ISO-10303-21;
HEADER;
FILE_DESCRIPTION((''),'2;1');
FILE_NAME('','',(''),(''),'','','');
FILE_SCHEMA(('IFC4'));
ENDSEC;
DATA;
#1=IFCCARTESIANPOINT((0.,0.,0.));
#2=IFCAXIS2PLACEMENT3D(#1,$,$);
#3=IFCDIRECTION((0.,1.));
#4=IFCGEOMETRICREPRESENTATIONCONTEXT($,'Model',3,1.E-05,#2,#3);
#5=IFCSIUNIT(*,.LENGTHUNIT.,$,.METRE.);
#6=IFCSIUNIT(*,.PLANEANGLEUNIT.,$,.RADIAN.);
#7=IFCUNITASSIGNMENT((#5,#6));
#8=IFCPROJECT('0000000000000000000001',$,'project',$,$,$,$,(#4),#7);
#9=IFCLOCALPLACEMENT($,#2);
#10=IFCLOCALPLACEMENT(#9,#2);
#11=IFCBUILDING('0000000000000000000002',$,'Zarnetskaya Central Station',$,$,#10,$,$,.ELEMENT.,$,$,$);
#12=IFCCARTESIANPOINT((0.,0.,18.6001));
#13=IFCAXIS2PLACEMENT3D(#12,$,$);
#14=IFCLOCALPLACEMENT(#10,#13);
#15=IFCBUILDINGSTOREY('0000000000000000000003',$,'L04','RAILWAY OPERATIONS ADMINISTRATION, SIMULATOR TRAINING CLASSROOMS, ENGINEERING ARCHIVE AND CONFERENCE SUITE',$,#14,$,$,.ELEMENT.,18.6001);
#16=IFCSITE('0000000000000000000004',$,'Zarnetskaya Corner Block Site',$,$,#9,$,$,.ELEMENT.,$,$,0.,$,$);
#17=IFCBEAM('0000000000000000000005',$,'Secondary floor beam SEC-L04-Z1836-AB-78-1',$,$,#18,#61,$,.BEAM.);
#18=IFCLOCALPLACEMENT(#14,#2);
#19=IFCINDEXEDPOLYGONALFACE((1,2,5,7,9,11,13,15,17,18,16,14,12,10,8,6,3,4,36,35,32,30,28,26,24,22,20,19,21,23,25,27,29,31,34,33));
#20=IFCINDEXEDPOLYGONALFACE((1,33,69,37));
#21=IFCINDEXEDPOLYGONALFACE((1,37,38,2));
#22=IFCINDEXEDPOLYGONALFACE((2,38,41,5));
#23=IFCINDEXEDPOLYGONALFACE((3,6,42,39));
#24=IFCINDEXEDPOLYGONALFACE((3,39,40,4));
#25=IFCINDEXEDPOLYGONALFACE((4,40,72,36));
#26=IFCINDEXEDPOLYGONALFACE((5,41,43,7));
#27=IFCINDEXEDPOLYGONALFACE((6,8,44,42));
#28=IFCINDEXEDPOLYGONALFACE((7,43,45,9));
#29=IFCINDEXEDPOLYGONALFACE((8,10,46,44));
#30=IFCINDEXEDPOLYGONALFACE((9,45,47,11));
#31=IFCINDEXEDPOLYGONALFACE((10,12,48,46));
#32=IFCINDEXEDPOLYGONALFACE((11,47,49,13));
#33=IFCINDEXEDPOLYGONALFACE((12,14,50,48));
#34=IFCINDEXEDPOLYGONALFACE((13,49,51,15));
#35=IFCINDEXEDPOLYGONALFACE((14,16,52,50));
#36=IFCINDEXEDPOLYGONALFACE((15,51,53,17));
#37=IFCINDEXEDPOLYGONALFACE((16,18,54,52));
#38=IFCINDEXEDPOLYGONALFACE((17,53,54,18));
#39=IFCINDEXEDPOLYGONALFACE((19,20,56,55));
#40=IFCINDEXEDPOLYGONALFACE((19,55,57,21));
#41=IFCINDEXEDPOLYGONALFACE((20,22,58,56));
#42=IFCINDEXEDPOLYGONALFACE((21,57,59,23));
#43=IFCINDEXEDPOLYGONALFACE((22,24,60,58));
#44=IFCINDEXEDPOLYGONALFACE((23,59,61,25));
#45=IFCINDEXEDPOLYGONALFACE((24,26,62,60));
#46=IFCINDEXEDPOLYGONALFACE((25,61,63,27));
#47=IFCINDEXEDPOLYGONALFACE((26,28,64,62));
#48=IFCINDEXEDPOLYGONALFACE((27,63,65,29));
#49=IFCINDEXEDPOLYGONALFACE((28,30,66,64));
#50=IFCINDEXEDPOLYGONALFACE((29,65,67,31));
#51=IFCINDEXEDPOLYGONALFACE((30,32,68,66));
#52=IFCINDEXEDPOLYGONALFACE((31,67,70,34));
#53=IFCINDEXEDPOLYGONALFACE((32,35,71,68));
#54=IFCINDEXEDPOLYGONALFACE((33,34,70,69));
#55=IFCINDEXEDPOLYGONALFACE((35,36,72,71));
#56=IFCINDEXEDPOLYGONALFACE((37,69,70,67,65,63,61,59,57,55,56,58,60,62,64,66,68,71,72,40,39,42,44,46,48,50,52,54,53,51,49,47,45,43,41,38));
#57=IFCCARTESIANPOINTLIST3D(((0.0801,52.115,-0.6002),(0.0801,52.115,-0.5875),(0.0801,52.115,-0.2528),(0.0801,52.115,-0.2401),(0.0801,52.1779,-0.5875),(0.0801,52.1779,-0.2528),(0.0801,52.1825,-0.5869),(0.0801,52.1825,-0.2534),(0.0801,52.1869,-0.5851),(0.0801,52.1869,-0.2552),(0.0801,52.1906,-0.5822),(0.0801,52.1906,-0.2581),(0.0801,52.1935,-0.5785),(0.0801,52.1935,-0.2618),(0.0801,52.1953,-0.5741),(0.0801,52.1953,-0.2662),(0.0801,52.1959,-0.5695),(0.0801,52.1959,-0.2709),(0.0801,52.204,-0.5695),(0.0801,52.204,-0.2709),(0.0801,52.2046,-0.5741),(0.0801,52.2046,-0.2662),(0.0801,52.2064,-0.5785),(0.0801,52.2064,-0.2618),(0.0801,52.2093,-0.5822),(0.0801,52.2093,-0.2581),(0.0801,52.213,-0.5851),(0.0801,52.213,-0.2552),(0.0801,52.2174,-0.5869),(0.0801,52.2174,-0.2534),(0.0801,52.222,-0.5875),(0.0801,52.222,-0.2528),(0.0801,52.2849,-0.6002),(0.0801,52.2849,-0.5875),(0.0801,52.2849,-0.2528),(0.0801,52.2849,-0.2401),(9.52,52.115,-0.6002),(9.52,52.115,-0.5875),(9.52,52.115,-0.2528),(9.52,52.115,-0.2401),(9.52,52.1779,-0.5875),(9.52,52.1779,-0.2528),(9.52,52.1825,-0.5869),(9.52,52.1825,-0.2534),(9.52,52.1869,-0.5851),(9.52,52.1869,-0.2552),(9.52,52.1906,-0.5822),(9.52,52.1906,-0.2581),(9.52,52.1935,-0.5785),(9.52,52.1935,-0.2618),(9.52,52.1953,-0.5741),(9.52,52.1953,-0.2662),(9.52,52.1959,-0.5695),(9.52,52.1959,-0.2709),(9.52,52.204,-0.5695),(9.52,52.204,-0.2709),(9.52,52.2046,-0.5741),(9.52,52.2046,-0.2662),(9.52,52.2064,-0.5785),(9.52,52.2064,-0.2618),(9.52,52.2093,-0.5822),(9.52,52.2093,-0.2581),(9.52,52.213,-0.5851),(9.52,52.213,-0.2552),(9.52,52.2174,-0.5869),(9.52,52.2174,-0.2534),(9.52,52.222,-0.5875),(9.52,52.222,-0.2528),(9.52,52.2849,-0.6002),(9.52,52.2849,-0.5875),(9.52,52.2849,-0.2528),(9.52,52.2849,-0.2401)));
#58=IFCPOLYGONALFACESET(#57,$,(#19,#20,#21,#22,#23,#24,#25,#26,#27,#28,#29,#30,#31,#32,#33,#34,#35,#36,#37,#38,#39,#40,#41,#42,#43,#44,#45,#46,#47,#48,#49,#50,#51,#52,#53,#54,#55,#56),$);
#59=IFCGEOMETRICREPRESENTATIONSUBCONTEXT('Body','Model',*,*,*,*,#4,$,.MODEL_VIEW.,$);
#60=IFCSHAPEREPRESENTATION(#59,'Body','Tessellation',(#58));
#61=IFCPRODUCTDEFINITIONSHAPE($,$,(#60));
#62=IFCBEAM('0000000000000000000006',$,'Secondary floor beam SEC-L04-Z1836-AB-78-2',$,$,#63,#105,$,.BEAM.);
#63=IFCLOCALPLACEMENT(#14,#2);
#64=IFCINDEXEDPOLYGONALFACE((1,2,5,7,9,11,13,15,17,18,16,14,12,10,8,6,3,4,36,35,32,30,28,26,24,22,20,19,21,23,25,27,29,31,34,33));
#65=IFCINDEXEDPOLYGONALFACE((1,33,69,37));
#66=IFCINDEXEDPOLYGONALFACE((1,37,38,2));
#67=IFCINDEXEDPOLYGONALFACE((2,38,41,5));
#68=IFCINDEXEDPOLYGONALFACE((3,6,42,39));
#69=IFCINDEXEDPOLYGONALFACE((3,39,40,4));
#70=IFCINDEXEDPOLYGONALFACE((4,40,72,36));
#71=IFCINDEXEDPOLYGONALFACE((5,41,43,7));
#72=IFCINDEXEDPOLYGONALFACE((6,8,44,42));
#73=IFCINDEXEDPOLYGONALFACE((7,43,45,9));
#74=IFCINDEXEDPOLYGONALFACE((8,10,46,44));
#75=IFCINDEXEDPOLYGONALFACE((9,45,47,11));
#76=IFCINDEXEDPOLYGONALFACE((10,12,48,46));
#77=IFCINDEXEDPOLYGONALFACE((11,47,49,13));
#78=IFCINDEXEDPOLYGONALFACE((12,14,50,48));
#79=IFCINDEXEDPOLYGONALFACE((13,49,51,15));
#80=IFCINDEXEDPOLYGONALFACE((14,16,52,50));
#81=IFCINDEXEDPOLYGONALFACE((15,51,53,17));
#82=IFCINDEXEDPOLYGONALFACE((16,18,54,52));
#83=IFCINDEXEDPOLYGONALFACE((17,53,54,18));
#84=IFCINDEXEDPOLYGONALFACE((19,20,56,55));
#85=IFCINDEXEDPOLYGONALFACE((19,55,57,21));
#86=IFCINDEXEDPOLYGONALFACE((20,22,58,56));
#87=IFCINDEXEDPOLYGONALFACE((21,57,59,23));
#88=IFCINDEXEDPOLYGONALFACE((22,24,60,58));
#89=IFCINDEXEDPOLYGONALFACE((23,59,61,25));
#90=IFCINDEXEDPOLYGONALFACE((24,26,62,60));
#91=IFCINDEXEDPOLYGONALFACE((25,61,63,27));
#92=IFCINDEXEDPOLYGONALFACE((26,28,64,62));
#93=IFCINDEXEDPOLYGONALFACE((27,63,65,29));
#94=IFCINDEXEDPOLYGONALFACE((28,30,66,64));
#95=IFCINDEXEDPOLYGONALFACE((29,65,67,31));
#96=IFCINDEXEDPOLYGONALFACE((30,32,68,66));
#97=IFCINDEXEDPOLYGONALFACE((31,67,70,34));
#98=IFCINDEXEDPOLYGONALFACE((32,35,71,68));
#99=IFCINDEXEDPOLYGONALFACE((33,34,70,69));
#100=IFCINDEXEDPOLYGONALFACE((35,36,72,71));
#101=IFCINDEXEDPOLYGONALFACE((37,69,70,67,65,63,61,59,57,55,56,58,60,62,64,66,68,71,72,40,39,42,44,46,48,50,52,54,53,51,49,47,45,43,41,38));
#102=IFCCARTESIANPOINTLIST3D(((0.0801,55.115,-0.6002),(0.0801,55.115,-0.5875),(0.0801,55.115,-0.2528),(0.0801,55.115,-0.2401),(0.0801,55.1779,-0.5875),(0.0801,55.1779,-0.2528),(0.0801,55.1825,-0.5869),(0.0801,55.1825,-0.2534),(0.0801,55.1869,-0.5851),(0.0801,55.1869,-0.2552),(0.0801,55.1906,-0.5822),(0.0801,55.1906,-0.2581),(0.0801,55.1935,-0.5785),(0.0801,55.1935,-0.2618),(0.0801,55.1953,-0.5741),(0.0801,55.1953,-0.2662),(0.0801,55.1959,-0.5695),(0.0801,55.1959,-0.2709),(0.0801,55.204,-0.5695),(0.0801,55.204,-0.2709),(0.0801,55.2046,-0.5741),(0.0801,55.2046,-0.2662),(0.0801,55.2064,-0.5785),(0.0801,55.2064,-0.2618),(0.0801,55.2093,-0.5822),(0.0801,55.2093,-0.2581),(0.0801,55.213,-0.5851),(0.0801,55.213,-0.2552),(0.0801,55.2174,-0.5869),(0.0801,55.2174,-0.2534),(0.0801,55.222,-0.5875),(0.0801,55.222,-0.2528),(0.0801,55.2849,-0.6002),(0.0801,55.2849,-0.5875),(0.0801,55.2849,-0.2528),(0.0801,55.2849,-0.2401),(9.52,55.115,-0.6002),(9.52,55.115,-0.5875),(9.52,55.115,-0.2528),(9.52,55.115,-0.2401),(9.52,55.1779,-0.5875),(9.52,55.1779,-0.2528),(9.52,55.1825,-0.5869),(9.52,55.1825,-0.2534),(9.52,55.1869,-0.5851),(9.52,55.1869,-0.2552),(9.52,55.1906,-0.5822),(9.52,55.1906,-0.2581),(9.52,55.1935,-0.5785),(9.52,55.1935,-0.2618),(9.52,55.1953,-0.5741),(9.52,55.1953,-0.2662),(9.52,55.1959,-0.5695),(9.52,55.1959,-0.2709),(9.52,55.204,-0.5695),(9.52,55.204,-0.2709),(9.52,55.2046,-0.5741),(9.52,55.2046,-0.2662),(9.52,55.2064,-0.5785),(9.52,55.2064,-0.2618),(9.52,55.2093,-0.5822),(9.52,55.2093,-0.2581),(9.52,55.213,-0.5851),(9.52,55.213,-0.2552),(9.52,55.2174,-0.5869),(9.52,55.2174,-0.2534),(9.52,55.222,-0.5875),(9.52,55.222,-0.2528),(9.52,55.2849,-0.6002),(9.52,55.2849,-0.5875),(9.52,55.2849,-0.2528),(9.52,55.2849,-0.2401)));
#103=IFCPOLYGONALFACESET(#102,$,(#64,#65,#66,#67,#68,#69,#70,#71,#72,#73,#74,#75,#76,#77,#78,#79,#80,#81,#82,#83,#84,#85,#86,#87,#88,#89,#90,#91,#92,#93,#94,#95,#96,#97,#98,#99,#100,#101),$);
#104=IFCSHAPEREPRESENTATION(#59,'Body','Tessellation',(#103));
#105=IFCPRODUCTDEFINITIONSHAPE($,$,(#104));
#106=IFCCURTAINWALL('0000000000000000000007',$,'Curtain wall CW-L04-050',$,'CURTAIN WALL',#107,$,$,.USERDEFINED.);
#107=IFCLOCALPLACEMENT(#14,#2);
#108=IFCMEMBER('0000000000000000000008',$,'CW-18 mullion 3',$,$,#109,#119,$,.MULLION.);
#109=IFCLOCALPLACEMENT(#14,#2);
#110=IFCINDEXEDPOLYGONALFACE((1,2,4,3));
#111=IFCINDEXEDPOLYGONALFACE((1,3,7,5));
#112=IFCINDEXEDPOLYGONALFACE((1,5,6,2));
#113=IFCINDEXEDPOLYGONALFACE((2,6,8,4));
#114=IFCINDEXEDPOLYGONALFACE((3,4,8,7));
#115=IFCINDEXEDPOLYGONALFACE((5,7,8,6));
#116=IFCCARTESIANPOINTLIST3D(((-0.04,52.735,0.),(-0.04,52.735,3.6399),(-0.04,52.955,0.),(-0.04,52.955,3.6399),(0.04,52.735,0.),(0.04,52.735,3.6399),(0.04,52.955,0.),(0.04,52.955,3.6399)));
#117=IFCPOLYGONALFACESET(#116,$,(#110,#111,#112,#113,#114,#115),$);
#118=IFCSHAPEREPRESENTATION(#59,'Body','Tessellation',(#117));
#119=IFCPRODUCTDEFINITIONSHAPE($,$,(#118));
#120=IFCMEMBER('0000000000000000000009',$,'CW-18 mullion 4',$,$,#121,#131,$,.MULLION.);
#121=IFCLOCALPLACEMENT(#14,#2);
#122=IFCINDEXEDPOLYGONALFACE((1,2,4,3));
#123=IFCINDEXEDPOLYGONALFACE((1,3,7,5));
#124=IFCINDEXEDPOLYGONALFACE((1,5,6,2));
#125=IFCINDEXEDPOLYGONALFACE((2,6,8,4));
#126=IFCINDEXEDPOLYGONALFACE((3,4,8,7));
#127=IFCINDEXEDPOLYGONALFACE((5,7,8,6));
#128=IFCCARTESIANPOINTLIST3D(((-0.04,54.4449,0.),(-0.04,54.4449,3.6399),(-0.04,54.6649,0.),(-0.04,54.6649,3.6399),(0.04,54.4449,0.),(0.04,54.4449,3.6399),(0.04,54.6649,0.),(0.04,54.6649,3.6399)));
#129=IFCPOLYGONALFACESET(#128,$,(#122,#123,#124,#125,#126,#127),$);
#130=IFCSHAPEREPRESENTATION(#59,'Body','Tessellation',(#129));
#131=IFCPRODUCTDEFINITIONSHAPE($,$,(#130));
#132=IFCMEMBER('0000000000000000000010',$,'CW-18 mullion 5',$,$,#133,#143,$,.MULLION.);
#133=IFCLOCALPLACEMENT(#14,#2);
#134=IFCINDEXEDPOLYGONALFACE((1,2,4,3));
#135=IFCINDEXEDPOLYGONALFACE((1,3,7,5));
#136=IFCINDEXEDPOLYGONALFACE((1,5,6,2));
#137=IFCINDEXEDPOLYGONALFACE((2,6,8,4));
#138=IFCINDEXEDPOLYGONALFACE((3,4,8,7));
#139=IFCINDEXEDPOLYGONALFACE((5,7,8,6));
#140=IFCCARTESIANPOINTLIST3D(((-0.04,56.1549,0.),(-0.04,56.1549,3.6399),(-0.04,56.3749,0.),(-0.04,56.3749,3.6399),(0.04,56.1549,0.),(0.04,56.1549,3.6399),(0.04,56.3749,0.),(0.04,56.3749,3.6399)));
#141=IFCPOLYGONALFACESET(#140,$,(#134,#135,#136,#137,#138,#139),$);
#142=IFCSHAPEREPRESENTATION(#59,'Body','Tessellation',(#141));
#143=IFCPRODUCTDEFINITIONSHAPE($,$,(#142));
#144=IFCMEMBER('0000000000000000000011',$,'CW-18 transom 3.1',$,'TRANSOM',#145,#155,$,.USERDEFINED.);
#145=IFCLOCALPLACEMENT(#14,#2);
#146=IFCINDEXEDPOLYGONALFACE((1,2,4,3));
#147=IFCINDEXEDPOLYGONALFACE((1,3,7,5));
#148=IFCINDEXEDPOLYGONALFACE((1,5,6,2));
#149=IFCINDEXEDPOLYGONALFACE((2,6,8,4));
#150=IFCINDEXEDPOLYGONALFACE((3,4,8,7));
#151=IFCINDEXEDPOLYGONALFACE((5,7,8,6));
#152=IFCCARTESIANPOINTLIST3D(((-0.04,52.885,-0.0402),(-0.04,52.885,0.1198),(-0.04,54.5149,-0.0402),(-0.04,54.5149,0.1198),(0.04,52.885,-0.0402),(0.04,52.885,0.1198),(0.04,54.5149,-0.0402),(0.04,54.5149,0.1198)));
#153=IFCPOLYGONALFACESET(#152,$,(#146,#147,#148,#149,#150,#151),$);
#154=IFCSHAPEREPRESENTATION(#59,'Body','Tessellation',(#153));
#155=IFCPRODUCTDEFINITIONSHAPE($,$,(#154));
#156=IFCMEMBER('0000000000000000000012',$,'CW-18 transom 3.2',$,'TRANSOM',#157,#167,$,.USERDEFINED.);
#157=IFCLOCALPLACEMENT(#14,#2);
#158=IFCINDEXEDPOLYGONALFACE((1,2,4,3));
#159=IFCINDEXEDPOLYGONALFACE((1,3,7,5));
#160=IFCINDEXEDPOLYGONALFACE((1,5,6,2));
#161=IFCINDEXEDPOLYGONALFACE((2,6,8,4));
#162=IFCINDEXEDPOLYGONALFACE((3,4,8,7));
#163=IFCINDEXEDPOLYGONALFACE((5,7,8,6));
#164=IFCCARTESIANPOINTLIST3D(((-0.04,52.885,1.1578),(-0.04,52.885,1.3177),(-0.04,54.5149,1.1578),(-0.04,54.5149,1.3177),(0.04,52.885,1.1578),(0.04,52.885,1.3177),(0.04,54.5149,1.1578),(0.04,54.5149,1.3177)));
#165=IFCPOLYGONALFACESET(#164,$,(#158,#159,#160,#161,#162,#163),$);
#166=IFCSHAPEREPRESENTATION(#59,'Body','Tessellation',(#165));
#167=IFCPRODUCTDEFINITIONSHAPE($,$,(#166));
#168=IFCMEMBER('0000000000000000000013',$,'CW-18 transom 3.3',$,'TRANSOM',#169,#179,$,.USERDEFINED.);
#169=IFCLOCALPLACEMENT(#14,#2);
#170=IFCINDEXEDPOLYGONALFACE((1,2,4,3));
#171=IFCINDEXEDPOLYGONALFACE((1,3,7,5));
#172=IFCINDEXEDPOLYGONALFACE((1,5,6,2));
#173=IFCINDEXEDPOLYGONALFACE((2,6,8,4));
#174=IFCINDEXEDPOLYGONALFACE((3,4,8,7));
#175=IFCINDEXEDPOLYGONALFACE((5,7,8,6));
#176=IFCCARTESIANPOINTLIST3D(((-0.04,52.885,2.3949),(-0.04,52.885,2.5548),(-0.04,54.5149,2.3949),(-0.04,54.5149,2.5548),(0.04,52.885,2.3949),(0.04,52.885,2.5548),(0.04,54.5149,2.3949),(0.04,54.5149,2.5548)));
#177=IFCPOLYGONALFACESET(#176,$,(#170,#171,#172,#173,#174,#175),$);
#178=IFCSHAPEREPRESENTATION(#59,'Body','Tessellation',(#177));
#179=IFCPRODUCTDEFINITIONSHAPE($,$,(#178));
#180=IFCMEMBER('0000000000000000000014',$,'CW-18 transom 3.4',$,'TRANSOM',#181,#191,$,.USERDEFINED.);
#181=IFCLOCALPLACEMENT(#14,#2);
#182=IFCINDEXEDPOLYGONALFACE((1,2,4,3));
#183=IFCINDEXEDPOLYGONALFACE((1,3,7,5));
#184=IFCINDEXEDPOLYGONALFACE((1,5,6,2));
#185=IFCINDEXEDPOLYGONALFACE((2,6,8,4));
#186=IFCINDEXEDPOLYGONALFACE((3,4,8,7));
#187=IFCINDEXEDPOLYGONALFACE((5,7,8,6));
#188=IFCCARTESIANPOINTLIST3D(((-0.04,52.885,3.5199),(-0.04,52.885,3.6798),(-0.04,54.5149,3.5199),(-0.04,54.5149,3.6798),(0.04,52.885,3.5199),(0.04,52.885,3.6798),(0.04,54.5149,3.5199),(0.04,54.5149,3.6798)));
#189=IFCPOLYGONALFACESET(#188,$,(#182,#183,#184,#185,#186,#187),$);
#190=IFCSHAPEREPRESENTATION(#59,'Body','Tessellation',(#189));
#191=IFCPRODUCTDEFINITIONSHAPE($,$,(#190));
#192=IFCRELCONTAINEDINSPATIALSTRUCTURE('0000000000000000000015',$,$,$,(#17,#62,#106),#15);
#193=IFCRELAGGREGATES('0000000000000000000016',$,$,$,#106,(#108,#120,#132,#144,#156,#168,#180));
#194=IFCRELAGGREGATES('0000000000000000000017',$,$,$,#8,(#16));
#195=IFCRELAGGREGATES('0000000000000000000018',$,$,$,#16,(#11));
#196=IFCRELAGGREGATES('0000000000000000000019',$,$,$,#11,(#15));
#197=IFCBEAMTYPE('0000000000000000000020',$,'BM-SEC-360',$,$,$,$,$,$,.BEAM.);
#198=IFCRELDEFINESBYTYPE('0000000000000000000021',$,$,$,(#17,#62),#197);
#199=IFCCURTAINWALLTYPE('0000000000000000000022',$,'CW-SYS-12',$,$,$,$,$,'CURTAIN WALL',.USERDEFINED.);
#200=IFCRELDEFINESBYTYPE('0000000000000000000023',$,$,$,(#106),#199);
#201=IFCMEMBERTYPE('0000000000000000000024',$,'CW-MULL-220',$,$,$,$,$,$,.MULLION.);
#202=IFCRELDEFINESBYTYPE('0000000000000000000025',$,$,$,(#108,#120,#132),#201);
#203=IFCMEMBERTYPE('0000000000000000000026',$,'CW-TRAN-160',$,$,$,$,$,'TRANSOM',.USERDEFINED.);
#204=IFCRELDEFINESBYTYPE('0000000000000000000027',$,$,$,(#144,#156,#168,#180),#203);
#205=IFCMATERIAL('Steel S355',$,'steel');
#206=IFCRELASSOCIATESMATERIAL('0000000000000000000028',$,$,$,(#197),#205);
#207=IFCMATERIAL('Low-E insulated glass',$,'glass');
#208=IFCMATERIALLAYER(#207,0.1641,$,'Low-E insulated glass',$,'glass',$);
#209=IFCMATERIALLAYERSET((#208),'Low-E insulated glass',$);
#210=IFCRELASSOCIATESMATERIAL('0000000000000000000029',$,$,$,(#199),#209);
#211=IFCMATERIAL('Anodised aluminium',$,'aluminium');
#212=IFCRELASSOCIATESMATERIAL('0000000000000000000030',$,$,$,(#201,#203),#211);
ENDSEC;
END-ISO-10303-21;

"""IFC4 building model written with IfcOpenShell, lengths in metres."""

from ifc_helpers import new_model, si_unit, direction, frame, origin, origin_2d, place, context, subcontext, project, spatial, rectangle, i_section, extrude, material, layer, layer_set, material_profile, profile_set, type_object, element, aggregate, save


model = new_model("IFC4")

# Units and contexts
model_context = context("Model", 3, precision=1e-05, world=origin(), true_north=direction((0.0, 1.0)))
body_context = subcontext(model_context, "Body", "Model", "MODEL_VIEW")
ifc_project = project(units=[si_unit("LENGTHUNIT", "METRE"), si_unit("PLANEANGLEUNIT", "RADIAN")], contexts=[model_context])

# Site, building, storey
site_placement = place(None, origin())
site = spatial("IfcSite", under=ifc_project, at=site_placement, Name="Zarnetskaya Corner Block Site", CompositionType="ELEMENT", RefElevation=0.0)
building_placement = place(site_placement, origin())
building = spatial("IfcBuilding", under=site, at=building_placement, Name="Zarnetskaya Central Station", CompositionType="ELEMENT")
storey_placement = place(building_placement, frame((0.0, 0.0, 18.6001)))
storey = spatial("IfcBuildingStorey", under=building, at=storey_placement, Name="L04", Description="RAILWAY OPERATIONS ADMINISTRATION, SIMULATOR TRAINING CLASSROOMS, ENGINEERING ARCHIVE AND CONFERENCE SUITE", CompositionType="ELEMENT", Elevation=18.6001)

# Beams
ifc_material_1 = material(Name="Steel S355", Category="steel")
ifc_material_profile_1 = material_profile(ifc_material_1, i_section(OverallWidth=0.1699, OverallDepth=0.3601, WebThickness=0.0081, FlangeThickness=0.0127, FilletRadius=0.0181, at=origin_2d()), Name="IPE 360")
ifc_profile_set_1 = profile_set([ifc_material_profile_1], Name="Steel S355")
beam_type = type_object("IfcBeamType", Name="BM-SEC-360", PredefinedType="BEAM", material=ifc_profile_set_1)
for number, where, z_axis, x_axis, name in (
    (1, (0.0801, 52.2, -0.4202), (1.0, 0.0, 0.0), (0.0, 1.0, 0.0), "Secondary floor beam SEC-L04-Z1836-AB-78-1"),
    (2, (0.0801, 55.2, -0.4202), (1.0, 0.0, 0.0), (0.0, 1.0, 0.0), "Secondary floor beam SEC-L04-Z1836-AB-78-2"),
):
    element("IfcBeam", number, at=place(storey_placement, frame(where, z_axis=z_axis, x_axis=x_axis)), inside=storey, type_object=beam_type, Name=name, PredefinedType="BEAM", context=body_context, shape_type="SweptSolid", body=[
        extrude(i_section(OverallWidth=0.1699, OverallDepth=0.3601, WebThickness=0.0081, FlangeThickness=0.0127, FilletRadius=0.0181, at=origin_2d()), origin(), (0.0, 0.0, 1.0), 9.4399),
    ])

# Curtain wall, members
ifc_material_2 = material(Name="Low-E insulated glass", Category="glass")
ifc_layer_1 = layer(ifc_material_2, 0.1641, Name="Low-E insulated glass", Category="glass")
ifc_layer_set_1 = layer_set([ifc_layer_1], Name="Low-E insulated glass")
curtain_wall_type = type_object("IfcCurtainWallType", Name="CW-SYS-12", ElementType="CURTAIN WALL", PredefinedType="USERDEFINED", material=ifc_layer_set_1)
curtain_wall_placement = place(storey_placement, origin())
curtain_wall = element("IfcCurtainWall", 3, at=curtain_wall_placement, inside=storey, type_object=curtain_wall_type, Name="Curtain wall CW-L04-050", ObjectType="CURTAIN WALL", PredefinedType="USERDEFINED")
ifc_material_3 = material(Name="Anodised aluminium", Category="aluminium")
ifc_material_profile_2 = material_profile(ifc_material_3, rectangle(XDim=0.0801, YDim=0.22, at=origin_2d()), Name="ALU MULL 80x220")
ifc_profile_set_2 = profile_set([ifc_material_profile_2], Name="Anodised aluminium")
member_type_1 = type_object("IfcMemberType", Name="CW-MULL-220", PredefinedType="MULLION", material=ifc_profile_set_2)
member_1_placement = place(storey_placement, frame((0.0, 52.845, 0.0), z_axis=(0.0, 0.0, 1.0), x_axis=(-1.0, 0.0, 0.0)))
member_1 = element("IfcMember", 4, at=member_1_placement, type_object=member_type_1, Name="CW-18 mullion 3", PredefinedType="MULLION", context=body_context, shape_type="SweptSolid", body=[
    extrude(rectangle(XDim=0.0801, YDim=0.22, at=origin_2d()), origin(), (0.0, 0.0, 1.0), 3.6399),
])
member_2_placement = place(storey_placement, frame((0.0, 54.5549, 0.0), z_axis=(0.0, 0.0, 1.0), x_axis=(-1.0, 0.0, 0.0)))
member_2 = element("IfcMember", 5, at=member_2_placement, type_object=member_type_1, Name="CW-18 mullion 4", PredefinedType="MULLION", context=body_context, shape_type="SweptSolid", body=[
    extrude(rectangle(XDim=0.0801, YDim=0.22, at=origin_2d()), origin(), (0.0, 0.0, 1.0), 3.6399),
])
member_3_placement = place(storey_placement, frame((0.0, 56.2649, 0.0), z_axis=(0.0, 0.0, 1.0), x_axis=(-1.0, 0.0, 0.0)))
member_3 = element("IfcMember", 6, at=member_3_placement, type_object=member_type_1, Name="CW-18 mullion 5", PredefinedType="MULLION", context=body_context, shape_type="SweptSolid", body=[
    extrude(rectangle(XDim=0.0801, YDim=0.22, at=origin_2d()), origin(), (0.0, 0.0, 1.0), 3.6399),
])
ifc_material_profile_3 = material_profile(ifc_material_3, rectangle(XDim=0.0801, YDim=0.1599, at=origin_2d()), Name="ALU TRAN 80x160")
ifc_profile_set_3 = profile_set([ifc_material_profile_3], Name="Anodised aluminium")
member_type_2 = type_object("IfcMemberType", Name="CW-TRAN-160", ElementType="TRANSOM", PredefinedType="USERDEFINED", material=ifc_profile_set_3)
member_4_placement = place(storey_placement, frame((0.0, 52.885, 0.0398), z_axis=(0.0, 1.0, 0.0), x_axis=(-1.0, 0.0, 0.0)))
member_4 = element("IfcMember", 7, at=member_4_placement, type_object=member_type_2, Name="CW-18 transom 3.1", ObjectType="TRANSOM", PredefinedType="USERDEFINED", context=body_context, shape_type="SweptSolid", body=[
    extrude(rectangle(XDim=0.0801, YDim=0.1599, at=origin_2d()), origin(), (0.0, 0.0, 1.0), 1.6299),
])
member_5_placement = place(storey_placement, frame((0.0, 52.885, 1.2378), z_axis=(0.0, 1.0, 0.0), x_axis=(-1.0, 0.0, 0.0)))
member_5 = element("IfcMember", 8, at=member_5_placement, type_object=member_type_2, Name="CW-18 transom 3.2", ObjectType="TRANSOM", PredefinedType="USERDEFINED", context=body_context, shape_type="SweptSolid", body=[
    extrude(rectangle(XDim=0.0801, YDim=0.1599, at=origin_2d()), origin(), (0.0, 0.0, 1.0), 1.6299),
])
member_6_placement = place(storey_placement, frame((0.0, 52.885, 2.4749), z_axis=(0.0, 1.0, 0.0), x_axis=(-1.0, 0.0, 0.0)))
member_6 = element("IfcMember", 9, at=member_6_placement, type_object=member_type_2, Name="CW-18 transom 3.3", ObjectType="TRANSOM", PredefinedType="USERDEFINED", context=body_context, shape_type="SweptSolid", body=[
    extrude(rectangle(XDim=0.0801, YDim=0.1599, at=origin_2d()), origin(), (0.0, 0.0, 1.0), 1.6299),
])
member_7_placement = place(storey_placement, frame((0.0, 52.885, 3.5999), z_axis=(0.0, 1.0, 0.0), x_axis=(-1.0, 0.0, 0.0)))
member_7 = element("IfcMember", 10, at=member_7_placement, type_object=member_type_2, Name="CW-18 transom 3.4", ObjectType="TRANSOM", PredefinedType="USERDEFINED", context=body_context, shape_type="SweptSolid", body=[
    extrude(rectangle(XDim=0.0801, YDim=0.1599, at=origin_2d()), origin(), (0.0, 0.0, 1.0), 1.6299),
])
aggregate(curtain_wall, [member_1, member_2, member_3, member_4, member_5, member_6, member_7])

save(model, "model.ifc")
